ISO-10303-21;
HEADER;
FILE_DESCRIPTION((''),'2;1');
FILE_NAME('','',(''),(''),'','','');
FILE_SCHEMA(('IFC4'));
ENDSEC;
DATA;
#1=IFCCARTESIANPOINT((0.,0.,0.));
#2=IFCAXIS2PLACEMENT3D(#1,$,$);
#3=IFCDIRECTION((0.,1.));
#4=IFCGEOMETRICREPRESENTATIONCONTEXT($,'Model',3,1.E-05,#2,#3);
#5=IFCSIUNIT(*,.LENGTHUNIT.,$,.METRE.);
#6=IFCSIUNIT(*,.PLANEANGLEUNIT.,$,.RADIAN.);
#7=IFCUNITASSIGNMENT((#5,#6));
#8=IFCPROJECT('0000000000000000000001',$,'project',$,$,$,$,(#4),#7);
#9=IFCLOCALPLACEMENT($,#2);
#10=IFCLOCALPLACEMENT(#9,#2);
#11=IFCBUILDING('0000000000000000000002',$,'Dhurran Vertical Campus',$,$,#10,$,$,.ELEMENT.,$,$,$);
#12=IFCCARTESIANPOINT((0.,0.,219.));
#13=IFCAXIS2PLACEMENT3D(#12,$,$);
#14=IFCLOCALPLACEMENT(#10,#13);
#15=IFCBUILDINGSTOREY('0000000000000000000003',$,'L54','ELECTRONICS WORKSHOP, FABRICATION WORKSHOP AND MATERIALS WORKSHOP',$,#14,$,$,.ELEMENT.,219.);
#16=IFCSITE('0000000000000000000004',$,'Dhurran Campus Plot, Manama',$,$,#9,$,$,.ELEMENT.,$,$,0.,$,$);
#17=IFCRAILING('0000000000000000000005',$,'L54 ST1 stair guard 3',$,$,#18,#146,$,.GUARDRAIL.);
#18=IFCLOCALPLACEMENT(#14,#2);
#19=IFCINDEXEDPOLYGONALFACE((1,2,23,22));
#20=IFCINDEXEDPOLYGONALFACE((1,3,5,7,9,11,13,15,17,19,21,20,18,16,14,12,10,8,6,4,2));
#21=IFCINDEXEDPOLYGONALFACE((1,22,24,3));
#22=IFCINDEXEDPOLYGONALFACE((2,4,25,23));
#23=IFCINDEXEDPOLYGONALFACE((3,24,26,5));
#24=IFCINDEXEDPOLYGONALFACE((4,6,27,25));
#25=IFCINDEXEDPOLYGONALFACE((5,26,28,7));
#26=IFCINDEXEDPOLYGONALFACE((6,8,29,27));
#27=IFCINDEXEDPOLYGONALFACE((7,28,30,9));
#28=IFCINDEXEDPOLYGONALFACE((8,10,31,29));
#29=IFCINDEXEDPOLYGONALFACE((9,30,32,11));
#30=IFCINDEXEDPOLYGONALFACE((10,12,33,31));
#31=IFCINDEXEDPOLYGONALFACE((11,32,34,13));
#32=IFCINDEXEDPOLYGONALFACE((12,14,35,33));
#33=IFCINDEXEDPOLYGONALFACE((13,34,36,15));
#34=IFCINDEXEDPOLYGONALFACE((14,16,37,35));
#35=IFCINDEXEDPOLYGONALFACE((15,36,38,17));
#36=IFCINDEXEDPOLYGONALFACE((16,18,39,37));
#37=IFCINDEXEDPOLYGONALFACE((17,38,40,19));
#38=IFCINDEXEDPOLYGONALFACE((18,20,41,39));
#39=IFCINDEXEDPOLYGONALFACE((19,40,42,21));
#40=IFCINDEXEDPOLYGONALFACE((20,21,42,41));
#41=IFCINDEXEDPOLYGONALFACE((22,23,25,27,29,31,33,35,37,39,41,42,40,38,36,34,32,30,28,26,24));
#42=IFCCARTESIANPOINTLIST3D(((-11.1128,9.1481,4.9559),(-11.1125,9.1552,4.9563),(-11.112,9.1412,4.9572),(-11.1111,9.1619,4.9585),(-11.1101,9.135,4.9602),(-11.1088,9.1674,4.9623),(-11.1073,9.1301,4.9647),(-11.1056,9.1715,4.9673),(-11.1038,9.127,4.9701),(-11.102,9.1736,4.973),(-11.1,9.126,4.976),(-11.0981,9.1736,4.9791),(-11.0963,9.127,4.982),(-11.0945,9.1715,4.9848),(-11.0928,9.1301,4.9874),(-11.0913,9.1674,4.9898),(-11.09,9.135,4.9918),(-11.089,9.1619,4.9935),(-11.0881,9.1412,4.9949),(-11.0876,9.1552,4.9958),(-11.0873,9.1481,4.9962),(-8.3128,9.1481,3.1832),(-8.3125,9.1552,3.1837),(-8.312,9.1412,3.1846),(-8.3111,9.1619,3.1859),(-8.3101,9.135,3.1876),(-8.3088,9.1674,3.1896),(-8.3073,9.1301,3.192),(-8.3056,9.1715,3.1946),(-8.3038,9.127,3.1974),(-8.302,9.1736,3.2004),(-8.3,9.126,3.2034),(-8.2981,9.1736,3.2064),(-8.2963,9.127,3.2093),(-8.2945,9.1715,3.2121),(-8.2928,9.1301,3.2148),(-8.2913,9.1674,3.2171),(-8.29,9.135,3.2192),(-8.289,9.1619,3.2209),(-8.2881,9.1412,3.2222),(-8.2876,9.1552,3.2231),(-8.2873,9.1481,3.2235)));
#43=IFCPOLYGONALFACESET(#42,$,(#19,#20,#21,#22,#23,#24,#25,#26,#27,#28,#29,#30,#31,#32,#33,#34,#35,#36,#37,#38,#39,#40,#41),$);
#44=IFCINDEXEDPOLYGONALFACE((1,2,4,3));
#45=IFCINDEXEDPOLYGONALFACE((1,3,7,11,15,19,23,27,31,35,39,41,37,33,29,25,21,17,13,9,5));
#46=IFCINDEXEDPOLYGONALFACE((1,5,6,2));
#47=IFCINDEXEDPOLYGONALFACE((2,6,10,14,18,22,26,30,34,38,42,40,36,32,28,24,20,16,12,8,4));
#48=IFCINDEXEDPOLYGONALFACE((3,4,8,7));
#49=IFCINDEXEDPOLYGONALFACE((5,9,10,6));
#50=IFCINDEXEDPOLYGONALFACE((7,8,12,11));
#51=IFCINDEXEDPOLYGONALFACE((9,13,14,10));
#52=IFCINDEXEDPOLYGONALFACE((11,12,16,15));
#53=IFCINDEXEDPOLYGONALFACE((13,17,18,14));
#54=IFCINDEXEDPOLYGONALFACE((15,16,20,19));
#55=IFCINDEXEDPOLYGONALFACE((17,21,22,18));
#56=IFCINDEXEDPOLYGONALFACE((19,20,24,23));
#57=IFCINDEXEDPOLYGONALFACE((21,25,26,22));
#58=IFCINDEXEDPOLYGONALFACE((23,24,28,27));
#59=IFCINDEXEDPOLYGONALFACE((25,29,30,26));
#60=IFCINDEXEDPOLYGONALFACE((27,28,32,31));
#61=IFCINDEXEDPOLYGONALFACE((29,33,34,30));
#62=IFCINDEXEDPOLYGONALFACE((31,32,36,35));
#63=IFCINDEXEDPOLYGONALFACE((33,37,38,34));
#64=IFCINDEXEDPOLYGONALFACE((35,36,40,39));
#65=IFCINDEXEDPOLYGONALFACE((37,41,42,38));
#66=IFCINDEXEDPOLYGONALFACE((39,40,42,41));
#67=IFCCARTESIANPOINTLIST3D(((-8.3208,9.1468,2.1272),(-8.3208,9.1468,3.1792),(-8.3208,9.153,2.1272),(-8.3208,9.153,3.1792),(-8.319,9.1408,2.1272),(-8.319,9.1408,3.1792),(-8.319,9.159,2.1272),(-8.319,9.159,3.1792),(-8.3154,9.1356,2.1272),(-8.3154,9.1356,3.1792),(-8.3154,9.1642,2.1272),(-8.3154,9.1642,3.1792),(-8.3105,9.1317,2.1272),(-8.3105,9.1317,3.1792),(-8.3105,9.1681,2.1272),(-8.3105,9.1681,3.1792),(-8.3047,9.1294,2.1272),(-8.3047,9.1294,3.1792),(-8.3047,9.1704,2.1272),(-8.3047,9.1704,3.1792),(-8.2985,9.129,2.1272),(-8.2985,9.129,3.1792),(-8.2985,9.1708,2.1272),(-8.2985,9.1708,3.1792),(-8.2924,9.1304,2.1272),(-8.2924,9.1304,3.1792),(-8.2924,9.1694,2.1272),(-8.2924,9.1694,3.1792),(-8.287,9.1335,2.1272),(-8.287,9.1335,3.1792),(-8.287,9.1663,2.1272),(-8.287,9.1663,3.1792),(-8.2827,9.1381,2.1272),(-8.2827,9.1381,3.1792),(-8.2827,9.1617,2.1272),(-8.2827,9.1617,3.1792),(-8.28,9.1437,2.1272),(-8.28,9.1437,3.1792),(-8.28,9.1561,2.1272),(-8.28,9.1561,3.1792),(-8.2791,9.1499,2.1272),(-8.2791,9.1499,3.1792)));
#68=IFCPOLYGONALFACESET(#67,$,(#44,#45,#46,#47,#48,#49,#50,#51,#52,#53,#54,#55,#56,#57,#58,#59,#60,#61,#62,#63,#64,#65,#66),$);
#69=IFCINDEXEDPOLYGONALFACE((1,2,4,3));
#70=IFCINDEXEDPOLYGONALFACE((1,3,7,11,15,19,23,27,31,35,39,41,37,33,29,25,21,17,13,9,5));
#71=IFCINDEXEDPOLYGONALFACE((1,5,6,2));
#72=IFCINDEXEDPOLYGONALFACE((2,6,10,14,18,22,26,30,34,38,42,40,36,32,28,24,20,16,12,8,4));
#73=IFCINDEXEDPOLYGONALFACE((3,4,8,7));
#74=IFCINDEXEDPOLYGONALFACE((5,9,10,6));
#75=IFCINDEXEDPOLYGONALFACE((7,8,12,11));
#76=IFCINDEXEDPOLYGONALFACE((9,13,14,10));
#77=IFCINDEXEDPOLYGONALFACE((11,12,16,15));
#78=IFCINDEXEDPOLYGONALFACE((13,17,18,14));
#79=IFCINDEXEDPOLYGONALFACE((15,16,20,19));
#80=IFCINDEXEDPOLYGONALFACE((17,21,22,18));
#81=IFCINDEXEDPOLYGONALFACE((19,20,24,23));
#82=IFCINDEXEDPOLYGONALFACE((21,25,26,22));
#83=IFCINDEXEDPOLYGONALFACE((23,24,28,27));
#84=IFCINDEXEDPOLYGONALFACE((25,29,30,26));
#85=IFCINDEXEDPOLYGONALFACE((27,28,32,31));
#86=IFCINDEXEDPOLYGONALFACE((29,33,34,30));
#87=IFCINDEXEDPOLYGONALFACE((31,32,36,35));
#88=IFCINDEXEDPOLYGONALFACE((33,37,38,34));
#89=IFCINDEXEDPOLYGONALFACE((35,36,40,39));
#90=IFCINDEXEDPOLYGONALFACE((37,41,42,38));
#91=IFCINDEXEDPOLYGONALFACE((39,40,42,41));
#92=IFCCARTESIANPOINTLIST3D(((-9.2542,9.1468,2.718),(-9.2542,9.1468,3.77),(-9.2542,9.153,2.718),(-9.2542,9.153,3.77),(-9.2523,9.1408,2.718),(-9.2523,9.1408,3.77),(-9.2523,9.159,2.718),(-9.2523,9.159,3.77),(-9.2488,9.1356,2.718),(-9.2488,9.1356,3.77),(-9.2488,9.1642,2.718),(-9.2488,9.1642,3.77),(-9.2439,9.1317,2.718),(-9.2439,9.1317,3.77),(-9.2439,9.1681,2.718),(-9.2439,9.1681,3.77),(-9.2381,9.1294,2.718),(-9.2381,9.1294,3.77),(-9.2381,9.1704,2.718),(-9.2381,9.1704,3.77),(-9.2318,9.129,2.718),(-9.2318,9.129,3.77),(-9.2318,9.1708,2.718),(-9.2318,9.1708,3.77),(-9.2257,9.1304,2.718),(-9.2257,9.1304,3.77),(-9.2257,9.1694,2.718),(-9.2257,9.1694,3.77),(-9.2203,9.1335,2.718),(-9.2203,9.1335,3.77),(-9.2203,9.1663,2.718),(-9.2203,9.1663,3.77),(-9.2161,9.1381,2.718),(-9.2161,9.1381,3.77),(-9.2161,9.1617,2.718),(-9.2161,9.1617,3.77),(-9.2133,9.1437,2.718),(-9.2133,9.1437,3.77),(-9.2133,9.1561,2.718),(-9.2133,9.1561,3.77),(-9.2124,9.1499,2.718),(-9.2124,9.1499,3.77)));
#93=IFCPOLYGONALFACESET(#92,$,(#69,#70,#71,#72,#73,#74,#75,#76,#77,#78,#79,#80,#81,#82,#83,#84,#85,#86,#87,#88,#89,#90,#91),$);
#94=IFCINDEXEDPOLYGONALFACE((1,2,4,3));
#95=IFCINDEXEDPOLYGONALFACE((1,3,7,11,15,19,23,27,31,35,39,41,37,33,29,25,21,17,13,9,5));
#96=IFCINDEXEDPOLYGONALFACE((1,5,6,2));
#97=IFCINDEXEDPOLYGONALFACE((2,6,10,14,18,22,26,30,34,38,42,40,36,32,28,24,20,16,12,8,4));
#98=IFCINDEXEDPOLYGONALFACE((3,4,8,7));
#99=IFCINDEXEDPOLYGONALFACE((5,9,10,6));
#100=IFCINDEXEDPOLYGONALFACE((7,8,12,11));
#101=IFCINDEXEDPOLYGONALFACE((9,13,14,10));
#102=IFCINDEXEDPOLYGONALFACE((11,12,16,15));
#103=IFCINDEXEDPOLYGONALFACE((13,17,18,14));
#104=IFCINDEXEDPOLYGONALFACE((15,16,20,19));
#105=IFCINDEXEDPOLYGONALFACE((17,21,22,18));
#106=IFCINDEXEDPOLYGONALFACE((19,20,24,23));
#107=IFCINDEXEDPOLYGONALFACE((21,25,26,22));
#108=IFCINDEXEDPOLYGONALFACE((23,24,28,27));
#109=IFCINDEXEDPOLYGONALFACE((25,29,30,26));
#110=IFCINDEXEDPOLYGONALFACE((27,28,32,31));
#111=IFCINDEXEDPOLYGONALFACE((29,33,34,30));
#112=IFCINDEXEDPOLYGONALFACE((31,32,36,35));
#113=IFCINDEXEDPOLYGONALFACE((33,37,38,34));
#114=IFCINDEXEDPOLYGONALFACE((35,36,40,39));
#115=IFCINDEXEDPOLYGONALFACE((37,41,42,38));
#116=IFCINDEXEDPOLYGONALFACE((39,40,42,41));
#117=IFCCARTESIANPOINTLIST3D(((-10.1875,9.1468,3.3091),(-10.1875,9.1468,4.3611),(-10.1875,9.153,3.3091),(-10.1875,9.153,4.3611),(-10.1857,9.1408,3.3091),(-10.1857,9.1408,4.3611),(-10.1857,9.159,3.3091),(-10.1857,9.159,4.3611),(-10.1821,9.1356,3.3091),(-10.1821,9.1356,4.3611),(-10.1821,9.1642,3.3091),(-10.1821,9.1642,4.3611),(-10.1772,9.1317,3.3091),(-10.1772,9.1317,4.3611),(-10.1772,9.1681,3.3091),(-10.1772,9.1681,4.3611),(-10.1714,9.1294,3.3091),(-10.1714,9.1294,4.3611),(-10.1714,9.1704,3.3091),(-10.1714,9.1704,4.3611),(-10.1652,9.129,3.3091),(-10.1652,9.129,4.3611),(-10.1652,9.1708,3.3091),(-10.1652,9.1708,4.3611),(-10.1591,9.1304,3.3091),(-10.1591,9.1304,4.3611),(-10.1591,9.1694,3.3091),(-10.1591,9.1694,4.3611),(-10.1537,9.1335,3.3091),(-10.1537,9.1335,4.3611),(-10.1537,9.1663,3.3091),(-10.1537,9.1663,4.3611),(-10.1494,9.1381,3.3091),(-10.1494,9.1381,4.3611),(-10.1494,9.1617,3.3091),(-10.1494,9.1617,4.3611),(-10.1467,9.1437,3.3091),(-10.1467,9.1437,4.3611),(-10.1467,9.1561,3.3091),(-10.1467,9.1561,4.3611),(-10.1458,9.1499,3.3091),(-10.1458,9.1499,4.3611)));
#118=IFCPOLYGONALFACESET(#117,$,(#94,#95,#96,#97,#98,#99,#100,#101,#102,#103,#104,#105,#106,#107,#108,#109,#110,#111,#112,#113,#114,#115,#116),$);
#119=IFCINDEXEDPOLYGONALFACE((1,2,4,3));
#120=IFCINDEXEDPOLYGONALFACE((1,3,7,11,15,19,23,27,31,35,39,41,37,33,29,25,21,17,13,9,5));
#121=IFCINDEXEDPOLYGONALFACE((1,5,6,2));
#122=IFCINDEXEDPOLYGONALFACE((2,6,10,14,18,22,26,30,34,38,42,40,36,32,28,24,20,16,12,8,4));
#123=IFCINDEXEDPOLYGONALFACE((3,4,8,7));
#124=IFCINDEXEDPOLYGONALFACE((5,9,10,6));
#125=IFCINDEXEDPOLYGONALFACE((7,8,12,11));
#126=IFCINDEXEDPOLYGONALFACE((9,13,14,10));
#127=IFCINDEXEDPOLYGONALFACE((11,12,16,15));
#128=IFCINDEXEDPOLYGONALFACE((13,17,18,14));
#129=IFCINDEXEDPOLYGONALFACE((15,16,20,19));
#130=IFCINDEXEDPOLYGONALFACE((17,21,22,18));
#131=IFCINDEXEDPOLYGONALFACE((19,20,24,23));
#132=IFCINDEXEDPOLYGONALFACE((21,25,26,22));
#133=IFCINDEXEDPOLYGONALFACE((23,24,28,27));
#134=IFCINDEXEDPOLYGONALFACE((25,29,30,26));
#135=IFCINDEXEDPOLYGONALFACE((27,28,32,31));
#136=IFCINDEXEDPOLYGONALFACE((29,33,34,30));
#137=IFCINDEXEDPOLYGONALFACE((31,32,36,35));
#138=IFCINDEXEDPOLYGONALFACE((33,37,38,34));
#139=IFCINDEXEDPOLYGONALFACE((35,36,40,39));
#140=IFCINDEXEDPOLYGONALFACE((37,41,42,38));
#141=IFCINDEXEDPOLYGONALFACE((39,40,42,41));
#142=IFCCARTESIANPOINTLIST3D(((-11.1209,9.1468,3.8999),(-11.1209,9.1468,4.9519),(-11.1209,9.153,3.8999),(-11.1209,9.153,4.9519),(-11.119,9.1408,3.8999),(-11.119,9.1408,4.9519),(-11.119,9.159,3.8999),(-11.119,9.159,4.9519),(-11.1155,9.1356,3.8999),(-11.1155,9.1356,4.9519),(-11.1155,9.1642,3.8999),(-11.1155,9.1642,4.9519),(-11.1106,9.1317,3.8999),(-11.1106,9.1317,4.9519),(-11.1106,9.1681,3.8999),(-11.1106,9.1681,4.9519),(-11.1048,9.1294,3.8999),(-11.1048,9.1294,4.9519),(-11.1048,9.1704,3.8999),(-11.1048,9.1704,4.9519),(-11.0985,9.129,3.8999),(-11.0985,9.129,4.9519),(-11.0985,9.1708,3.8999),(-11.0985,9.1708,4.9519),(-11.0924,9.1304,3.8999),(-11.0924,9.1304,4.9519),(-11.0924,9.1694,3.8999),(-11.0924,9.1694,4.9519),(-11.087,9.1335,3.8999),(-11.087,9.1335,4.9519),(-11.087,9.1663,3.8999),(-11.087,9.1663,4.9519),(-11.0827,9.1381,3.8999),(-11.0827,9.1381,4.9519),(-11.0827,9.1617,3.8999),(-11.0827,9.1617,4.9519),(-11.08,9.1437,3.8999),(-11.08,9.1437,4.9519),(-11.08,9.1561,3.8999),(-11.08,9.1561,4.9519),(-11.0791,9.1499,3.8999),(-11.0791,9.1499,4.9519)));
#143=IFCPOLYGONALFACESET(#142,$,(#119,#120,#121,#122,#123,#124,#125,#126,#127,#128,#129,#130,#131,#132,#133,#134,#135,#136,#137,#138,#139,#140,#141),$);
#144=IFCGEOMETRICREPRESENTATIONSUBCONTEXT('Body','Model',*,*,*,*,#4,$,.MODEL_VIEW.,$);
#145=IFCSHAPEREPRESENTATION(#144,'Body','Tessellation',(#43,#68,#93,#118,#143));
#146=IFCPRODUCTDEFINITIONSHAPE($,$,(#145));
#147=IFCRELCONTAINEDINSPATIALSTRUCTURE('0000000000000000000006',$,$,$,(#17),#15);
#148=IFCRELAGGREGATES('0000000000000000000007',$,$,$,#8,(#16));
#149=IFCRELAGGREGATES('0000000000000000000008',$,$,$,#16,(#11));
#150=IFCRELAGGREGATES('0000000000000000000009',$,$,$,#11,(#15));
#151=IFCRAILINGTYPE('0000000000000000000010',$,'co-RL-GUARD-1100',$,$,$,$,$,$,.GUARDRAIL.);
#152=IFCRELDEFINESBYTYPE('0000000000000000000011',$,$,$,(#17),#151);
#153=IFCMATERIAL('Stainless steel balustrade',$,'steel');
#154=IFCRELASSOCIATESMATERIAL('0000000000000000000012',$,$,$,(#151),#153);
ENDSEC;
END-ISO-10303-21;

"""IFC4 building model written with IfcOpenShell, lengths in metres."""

from ifc_helpers import new_model, si_unit, direction, frame, origin, origin_2d, place, context, subcontext, project, spatial, circle, extrude, material, type_object, element, save


model = new_model("IFC4")

# Units and contexts
model_context = context("Model", 3, precision=1e-05, world=origin(), true_north=direction((0.0, 1.0)))
body_context = subcontext(model_context, "Body", "Model", "MODEL_VIEW")
ifc_project = project(units=[si_unit("LENGTHUNIT", "METRE"), si_unit("PLANEANGLEUNIT", "RADIAN")], contexts=[model_context])

# Site, building, storey
site_placement = place(None, origin())
site = spatial("IfcSite", under=ifc_project, at=site_placement, Name="Dhurran Campus Plot, Manama", CompositionType="ELEMENT", RefElevation=0.0)
building_placement = place(site_placement, origin())
building = spatial("IfcBuilding", under=site, at=building_placement, Name="Dhurran Vertical Campus", CompositionType="ELEMENT")
storey_placement = place(building_placement, frame((0.0, 0.0, 219.0)))
storey = spatial("IfcBuildingStorey", under=building, at=storey_placement, Name="L54", Description="ELECTRONICS WORKSHOP, FABRICATION WORKSHOP AND MATERIALS WORKSHOP", CompositionType="ELEMENT", Elevation=219.0)

# Railing
ifc_material_1 = material(Name="Stainless steel balustrade", Category="steel")
railing_type_1 = type_object("IfcRailingType", Name="co-RL-GUARD-1100", PredefinedType="GUARDRAIL", material=ifc_material_1)
railing_1_placement = place(storey_placement, frame((-8.3, 9.1499, 2.1272)))
element("IfcRailing", 1, at=railing_1_placement, inside=storey, type_object=railing_type_1, Name="L54 ST1 stair guard 3", PredefinedType="GUARDRAIL", context=body_context, shape_type="SweptSolid", body=[
    extrude(circle(Radius=0.0239, at=origin_2d()), frame((0.0, 0.0, 1.0762), z_axis=(-0.844909, 0.0, 0.53491), x_axis=(0.0, -1.0, 0.0)), (0.0, 0.0, 1.0), 3.314),
    extrude(circle(Radius=0.021, at=origin_2d()), origin(), (0.0, 0.0, 1.0), 1.052),
    extrude(circle(Radius=0.021, at=origin_2d()), frame((-0.9333, 0.0, 0.5908)), (0.0, 0.0, 1.0), 1.052),
    extrude(circle(Radius=0.021, at=origin_2d()), frame((-1.8667, 0.0, 1.1819)), (0.0, 0.0, 1.0), 1.052),
    extrude(circle(Radius=0.021, at=origin_2d()), frame((-2.8, 0.0, 1.7727)), (0.0, 0.0, 1.0), 1.052),
])

save(model, "model.ifc")
